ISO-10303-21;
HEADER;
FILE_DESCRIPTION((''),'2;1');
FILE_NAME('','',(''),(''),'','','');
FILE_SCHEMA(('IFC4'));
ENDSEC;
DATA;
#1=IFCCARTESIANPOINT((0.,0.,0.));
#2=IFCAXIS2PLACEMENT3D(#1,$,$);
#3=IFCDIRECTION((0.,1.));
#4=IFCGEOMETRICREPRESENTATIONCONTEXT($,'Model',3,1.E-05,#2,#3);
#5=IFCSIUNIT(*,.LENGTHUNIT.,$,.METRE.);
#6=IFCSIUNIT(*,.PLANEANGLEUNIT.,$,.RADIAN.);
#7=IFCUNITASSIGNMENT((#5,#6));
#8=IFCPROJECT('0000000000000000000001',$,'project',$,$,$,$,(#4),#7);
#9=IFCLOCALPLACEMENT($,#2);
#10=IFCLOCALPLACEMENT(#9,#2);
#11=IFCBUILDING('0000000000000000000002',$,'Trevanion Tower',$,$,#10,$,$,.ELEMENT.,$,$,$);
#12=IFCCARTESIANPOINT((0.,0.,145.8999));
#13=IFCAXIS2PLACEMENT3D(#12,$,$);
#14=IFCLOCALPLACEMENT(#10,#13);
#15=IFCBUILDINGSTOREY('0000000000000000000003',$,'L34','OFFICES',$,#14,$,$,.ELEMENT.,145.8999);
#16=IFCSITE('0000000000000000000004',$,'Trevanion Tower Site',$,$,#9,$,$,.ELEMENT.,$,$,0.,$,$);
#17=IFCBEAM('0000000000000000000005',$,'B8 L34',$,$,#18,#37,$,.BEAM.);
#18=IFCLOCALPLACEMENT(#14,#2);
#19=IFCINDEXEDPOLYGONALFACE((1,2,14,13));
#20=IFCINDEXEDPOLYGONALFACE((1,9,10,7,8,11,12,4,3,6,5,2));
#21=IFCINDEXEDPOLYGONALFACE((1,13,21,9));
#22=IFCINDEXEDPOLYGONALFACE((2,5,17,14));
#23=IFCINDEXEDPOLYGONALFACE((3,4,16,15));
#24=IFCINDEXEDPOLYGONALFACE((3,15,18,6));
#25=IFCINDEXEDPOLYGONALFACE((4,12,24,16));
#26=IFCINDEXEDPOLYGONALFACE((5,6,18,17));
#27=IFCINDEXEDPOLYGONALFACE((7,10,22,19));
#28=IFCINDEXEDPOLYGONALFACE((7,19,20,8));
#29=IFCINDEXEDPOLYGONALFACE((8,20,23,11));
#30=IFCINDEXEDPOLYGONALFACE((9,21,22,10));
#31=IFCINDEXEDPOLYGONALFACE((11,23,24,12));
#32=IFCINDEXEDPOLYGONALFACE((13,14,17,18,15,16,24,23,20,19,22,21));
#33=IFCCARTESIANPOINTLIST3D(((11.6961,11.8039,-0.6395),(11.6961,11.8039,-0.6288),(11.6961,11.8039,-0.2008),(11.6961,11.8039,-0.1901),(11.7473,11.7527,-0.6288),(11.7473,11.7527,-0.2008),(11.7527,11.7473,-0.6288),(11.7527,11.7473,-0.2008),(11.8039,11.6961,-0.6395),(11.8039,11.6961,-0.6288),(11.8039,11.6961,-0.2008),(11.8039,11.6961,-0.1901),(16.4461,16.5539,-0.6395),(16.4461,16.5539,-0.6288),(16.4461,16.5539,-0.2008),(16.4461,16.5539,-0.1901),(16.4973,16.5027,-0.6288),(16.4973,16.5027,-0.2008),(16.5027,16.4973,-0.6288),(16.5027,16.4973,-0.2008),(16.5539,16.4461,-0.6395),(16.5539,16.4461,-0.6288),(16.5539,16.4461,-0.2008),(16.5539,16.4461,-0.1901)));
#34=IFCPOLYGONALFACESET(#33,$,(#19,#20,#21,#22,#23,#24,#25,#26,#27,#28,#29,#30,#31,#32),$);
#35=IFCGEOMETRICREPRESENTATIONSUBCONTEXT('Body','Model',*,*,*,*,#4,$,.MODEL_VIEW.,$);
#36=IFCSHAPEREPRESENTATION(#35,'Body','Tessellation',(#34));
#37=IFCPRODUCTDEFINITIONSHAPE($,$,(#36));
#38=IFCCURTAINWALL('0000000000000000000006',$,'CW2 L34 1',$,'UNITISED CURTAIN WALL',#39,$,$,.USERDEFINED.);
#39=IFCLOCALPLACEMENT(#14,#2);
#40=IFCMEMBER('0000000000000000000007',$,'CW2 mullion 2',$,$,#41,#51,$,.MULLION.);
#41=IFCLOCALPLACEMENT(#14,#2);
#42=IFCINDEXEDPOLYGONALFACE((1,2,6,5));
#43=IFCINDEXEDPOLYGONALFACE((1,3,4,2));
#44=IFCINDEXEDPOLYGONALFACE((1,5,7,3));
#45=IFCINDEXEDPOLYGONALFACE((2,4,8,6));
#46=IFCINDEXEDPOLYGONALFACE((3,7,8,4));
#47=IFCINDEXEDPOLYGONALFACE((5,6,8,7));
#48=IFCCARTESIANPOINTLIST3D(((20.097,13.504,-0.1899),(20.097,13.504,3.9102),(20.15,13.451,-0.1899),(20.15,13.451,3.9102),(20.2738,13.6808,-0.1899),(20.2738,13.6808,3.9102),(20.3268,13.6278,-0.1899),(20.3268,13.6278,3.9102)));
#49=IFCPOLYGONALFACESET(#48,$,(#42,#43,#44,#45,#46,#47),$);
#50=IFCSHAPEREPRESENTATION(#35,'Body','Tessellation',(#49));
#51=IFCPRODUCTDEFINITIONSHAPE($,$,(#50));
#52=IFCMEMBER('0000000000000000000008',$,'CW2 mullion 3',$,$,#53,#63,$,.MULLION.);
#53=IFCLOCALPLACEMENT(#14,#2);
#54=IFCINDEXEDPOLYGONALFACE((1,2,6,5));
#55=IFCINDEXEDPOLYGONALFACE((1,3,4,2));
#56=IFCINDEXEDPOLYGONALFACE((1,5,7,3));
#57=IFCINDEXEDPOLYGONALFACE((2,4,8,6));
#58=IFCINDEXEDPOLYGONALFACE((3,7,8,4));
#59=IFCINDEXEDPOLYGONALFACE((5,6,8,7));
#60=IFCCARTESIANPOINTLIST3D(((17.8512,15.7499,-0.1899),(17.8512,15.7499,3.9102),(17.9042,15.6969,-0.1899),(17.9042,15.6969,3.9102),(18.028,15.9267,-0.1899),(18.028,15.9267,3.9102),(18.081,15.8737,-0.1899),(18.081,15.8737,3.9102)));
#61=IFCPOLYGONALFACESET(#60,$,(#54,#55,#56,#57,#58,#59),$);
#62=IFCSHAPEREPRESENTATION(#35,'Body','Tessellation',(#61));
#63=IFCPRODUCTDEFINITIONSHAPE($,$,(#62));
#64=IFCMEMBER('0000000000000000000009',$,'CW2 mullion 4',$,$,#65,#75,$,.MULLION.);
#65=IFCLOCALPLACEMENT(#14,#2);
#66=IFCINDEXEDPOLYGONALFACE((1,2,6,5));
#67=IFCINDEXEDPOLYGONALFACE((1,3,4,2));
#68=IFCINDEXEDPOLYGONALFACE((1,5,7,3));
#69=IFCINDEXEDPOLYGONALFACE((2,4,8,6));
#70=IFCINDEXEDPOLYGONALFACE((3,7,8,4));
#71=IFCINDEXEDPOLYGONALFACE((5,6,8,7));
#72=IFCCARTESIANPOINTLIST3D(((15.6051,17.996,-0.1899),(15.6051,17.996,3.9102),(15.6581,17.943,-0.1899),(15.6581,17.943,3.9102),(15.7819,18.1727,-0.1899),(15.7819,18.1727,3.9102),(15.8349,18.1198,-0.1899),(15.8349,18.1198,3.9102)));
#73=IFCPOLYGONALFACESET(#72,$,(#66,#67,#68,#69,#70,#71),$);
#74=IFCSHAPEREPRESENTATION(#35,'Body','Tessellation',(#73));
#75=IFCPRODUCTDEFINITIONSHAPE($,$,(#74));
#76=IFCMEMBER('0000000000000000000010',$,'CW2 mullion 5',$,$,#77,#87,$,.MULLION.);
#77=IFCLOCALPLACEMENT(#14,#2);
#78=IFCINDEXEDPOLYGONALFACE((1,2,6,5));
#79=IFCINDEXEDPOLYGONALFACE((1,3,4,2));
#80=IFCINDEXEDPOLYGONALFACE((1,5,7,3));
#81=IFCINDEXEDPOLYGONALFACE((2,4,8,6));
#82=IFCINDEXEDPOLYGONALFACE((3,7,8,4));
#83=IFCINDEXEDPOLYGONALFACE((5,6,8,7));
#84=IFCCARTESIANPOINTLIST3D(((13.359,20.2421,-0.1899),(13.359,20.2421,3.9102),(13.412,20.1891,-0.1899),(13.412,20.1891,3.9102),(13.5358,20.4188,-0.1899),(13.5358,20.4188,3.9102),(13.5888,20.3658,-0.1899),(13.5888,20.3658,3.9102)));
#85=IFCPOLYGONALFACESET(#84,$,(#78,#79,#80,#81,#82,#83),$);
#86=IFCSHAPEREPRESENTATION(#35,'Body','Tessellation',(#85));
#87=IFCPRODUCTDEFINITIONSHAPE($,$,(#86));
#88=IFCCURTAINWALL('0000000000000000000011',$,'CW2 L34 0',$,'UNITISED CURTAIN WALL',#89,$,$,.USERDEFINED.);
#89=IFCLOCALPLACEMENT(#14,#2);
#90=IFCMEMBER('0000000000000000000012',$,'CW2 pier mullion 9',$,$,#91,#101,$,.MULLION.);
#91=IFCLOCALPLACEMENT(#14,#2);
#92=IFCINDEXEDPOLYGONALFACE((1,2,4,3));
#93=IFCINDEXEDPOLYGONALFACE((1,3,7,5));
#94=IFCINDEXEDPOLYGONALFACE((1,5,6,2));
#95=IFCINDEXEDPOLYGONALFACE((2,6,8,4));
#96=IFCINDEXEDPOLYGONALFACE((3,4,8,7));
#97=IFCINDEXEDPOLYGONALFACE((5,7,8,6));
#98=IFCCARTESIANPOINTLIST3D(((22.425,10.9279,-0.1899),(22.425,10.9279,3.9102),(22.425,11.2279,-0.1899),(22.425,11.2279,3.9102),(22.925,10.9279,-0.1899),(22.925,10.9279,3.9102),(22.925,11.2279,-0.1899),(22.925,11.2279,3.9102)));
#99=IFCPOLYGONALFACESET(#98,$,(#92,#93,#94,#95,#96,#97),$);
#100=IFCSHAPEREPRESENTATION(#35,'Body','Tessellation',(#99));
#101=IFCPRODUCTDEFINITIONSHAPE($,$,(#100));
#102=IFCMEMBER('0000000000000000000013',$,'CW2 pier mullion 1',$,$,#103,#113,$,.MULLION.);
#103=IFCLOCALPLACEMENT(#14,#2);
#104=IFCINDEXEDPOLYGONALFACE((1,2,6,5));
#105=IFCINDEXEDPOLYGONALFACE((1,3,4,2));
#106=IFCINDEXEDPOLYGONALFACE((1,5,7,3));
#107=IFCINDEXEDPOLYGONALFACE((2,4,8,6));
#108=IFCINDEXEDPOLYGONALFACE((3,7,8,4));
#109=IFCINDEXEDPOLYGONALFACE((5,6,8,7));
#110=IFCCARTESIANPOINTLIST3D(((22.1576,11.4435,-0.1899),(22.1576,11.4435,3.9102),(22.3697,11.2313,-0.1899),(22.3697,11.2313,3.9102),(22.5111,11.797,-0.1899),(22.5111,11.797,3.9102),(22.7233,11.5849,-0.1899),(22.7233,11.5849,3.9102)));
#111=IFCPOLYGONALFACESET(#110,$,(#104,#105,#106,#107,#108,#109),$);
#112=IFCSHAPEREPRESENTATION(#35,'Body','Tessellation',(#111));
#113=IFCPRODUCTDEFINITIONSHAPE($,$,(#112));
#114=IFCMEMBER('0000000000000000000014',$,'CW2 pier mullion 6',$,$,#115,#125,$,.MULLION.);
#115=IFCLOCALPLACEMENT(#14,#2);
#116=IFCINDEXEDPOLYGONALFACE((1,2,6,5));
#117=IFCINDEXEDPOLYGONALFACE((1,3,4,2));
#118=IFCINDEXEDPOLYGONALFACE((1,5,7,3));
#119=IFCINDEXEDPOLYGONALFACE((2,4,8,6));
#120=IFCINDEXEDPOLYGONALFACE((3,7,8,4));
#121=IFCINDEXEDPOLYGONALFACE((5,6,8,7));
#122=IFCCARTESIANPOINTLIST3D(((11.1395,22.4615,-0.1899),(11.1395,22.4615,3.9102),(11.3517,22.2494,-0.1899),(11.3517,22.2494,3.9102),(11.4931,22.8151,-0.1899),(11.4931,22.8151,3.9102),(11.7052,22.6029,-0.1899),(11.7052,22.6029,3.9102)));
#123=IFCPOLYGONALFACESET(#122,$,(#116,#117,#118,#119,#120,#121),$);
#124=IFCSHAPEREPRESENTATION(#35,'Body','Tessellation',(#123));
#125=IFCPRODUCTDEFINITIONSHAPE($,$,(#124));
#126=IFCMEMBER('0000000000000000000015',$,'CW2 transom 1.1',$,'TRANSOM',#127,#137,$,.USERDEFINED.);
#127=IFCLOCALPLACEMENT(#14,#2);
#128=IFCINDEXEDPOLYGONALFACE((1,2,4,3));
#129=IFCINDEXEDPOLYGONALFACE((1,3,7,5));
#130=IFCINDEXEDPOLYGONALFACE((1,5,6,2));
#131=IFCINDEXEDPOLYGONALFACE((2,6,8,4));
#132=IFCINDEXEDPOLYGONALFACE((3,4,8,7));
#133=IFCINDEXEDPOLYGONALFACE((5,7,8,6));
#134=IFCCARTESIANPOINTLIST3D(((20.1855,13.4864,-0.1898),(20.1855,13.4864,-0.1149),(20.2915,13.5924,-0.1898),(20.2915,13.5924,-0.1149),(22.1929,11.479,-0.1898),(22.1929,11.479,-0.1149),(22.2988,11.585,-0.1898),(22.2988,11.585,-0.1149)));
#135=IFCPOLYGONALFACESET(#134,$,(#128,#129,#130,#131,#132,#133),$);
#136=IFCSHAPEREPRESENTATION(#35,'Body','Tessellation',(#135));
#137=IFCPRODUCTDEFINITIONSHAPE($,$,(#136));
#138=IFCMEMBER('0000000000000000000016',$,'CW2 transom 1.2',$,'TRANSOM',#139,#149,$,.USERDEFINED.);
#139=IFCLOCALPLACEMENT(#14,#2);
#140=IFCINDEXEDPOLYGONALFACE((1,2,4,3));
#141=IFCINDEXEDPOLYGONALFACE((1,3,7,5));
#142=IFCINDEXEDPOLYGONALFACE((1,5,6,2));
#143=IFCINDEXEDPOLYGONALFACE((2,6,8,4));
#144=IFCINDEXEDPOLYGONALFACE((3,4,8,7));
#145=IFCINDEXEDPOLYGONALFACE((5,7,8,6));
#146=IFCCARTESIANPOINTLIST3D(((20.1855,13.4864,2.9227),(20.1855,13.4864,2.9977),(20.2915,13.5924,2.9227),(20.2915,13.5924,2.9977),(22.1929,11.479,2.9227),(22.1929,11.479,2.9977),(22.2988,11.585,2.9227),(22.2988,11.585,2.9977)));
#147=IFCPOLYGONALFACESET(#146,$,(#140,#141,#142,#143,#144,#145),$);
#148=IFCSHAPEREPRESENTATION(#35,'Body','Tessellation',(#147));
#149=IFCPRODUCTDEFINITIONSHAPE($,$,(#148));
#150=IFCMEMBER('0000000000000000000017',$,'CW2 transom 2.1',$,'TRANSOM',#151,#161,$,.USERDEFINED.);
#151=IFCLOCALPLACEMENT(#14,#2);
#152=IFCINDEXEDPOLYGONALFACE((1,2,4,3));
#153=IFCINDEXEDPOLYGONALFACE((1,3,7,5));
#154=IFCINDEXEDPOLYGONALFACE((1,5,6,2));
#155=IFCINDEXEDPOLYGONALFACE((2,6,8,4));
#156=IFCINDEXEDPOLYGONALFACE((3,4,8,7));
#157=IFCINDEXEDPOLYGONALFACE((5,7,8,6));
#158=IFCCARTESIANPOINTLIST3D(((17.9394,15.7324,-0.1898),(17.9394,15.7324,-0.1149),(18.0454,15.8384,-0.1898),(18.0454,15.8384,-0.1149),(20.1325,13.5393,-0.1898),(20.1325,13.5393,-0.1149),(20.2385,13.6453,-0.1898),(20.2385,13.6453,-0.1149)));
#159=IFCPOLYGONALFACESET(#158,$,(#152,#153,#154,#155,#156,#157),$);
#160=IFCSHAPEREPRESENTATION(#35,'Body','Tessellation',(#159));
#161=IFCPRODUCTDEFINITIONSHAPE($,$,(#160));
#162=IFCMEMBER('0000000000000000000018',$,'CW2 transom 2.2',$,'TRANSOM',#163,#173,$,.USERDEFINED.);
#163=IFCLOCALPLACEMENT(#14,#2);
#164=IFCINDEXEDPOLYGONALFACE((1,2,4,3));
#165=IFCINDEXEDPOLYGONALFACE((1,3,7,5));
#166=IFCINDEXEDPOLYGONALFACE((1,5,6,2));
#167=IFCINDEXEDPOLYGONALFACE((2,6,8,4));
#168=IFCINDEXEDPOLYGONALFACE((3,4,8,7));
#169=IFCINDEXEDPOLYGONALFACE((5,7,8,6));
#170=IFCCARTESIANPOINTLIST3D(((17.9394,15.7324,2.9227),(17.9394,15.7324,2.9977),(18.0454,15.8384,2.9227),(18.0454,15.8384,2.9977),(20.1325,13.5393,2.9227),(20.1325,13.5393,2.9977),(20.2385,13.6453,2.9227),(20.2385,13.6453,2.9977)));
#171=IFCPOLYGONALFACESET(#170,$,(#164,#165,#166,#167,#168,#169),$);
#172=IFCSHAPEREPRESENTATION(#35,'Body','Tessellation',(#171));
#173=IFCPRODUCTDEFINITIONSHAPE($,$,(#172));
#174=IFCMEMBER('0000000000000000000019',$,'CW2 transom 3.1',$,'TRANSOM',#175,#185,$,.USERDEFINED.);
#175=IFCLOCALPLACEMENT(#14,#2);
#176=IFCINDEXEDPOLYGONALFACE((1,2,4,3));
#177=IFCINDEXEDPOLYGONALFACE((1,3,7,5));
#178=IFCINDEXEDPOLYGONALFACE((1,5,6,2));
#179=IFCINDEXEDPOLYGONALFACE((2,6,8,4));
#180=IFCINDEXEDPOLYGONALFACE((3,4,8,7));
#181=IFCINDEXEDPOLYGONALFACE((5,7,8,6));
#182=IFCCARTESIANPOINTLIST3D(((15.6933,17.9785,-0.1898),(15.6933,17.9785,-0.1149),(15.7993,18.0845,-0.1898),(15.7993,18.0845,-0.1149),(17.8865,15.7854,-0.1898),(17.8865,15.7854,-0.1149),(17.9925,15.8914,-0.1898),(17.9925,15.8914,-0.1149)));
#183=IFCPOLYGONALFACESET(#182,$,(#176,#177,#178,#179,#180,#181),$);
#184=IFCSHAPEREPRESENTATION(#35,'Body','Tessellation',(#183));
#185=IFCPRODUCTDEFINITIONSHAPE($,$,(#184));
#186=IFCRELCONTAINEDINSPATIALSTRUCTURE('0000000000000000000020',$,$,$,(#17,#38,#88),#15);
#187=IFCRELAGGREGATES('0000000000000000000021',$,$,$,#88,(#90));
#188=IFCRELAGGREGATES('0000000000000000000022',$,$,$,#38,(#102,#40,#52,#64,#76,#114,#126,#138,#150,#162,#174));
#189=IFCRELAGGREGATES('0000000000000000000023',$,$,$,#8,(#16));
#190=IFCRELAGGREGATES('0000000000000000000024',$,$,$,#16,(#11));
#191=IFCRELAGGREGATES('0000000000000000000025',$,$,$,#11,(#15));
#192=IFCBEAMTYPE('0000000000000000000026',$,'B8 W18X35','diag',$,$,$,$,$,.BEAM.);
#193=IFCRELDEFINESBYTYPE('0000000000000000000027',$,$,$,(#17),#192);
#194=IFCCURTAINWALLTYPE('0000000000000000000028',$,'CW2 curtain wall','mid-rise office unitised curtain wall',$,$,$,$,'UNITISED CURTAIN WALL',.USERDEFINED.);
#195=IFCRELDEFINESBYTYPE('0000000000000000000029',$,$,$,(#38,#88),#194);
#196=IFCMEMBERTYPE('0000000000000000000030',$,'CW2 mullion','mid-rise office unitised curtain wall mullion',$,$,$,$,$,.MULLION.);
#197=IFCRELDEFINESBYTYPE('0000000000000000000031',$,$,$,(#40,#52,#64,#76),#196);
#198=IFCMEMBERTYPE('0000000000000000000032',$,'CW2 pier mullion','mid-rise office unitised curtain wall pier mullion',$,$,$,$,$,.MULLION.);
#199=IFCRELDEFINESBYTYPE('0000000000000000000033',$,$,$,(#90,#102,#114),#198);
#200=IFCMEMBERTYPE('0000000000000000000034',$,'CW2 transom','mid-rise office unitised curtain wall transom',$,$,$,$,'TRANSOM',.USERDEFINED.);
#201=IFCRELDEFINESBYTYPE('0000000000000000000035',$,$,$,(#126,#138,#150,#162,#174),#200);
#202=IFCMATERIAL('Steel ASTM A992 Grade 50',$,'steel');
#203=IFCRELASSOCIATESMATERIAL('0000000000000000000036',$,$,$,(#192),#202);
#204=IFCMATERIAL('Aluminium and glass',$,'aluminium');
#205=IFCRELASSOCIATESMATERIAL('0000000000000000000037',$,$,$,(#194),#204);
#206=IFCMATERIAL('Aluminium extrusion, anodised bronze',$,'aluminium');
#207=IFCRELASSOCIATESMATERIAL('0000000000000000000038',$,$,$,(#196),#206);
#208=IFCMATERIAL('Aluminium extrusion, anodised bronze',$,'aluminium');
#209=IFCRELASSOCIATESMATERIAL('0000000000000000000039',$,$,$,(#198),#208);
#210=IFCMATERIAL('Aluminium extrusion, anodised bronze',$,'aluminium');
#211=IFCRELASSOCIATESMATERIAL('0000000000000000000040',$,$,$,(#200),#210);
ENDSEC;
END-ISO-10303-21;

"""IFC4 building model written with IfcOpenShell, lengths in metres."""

from ifc_helpers import new_model, si_unit, direction, frame, origin, origin_2d, place, context, subcontext, project, spatial, rectangle, i_section, extrude, material, material_profile, profile_set, type_object, element, aggregate, save


model = new_model("IFC4")

# Units and contexts
model_context = context("Model", 3, precision=1e-05, world=origin(), true_north=direction((0.0, 1.0)))
body_context = subcontext(model_context, "Body", "Model", "MODEL_VIEW")
ifc_project = project(units=[si_unit("LENGTHUNIT", "METRE"), si_unit("PLANEANGLEUNIT", "RADIAN")], contexts=[model_context])

# Site, building, storey
site_placement = place(None, origin())
site = spatial("IfcSite", under=ifc_project, at=site_placement, Name="Trevanion Tower Site", CompositionType="ELEMENT", RefElevation=0.0)
building_placement = place(site_placement, origin())
building = spatial("IfcBuilding", under=site, at=building_placement, Name="Trevanion Tower", CompositionType="ELEMENT")
storey_placement = place(building_placement, frame((0.0, 0.0, 145.8999)))
storey = spatial("IfcBuildingStorey", under=building, at=storey_placement, Name="L34", Description="OFFICES", CompositionType="ELEMENT", Elevation=145.8999)

# Beam
ifc_material_1 = material(Name="Steel ASTM A992 Grade 50", Category="steel")
ifc_material_profile_1 = material_profile(ifc_material_1, i_section(OverallWidth=0.1523, OverallDepth=0.4495, WebThickness=0.0076, FlangeThickness=0.0107, at=origin_2d()), Name="W18X35")
ifc_profile_set_1 = profile_set([ifc_material_profile_1], Name="Steel ASTM A992 Grade 50")
beam_type_1 = type_object("IfcBeamType", Name="B8 W18X35", Description="diag", PredefinedType="BEAM", material=ifc_profile_set_1)
beam_1_placement = place(storey_placement, frame((11.75, 11.75, -0.4148), z_axis=(0.707107, 0.707107, 0.0), x_axis=(-0.707107, 0.707107, 0.0)))
element("IfcBeam", 1, at=beam_1_placement, inside=storey, type_object=beam_type_1, Name="B8 L34", PredefinedType="BEAM", context=body_context, shape_type="SweptSolid", body=[
    extrude(i_section(OverallWidth=0.1523, OverallDepth=0.4495, WebThickness=0.0076, FlangeThickness=0.0107, at=origin_2d()), origin(), (0.0, 0.0, 1.0), 6.7175),
])

# Curtain wall, members
ifc_material_2 = material(Name="Aluminium and glass", Category="aluminium")
curtain_wall_type = type_object("IfcCurtainWallType", Name="CW2 curtain wall", Description="mid-rise office unitised curtain wall", ElementType="UNITISED CURTAIN WALL", PredefinedType="USERDEFINED", material=ifc_material_2)
curtain_wall_1_placement = place(storey_placement, origin())
curtain_wall_1 = element("IfcCurtainWall", 2, at=curtain_wall_1_placement, inside=storey, type_object=curtain_wall_type, Name="CW2 L34 1", ObjectType="UNITISED CURTAIN WALL", PredefinedType="USERDEFINED")
ifc_material_3 = material(Name="Aluminium extrusion, anodised bronze", Category="aluminium")
ifc_material_profile_2 = material_profile(ifc_material_3, rectangle(XDim=0.075, YDim=0.25, at=origin_2d()), Name="CW2 mullion")
ifc_profile_set_2 = profile_set([ifc_material_profile_2], Name="Aluminium extrusion, anodised bronze")
member_type_1 = type_object("IfcMemberType", Name="CW2 mullion", Description="mid-rise office unitised curtain wall mullion", PredefinedType="MULLION", material=ifc_profile_set_2)
member_1_placement = place(storey_placement, frame((20.2119, 13.5659, -0.1899), z_axis=(0.0, 0.0, 1.0), x_axis=(-0.707107, 0.707107, 0.0)))
member_1 = element("IfcMember", 3, at=member_1_placement, type_object=member_type_1, Name="CW2 mullion 2", PredefinedType="MULLION", context=body_context, shape_type="SweptSolid", body=[
    extrude(rectangle(XDim=0.075, YDim=0.25, at=origin_2d()), origin(), (0.0, 0.0, 1.0), 4.1001),
])
member_2_placement = place(storey_placement, frame((17.9661, 15.8118, -0.1899), z_axis=(0.0, 0.0, 1.0), x_axis=(-0.707107, 0.707107, 0.0)))
member_2 = element("IfcMember", 4, at=member_2_placement, type_object=member_type_1, Name="CW2 mullion 3", PredefinedType="MULLION", context=body_context, shape_type="SweptSolid", body=[
    extrude(rectangle(XDim=0.075, YDim=0.25, at=origin_2d()), origin(), (0.0, 0.0, 1.0), 4.1001),
])
member_3_placement = place(storey_placement, frame((15.72, 18.0579, -0.1899), z_axis=(0.0, 0.0, 1.0), x_axis=(-0.707107, 0.707107, 0.0)))
member_3 = element("IfcMember", 5, at=member_3_placement, type_object=member_type_1, Name="CW2 mullion 4", PredefinedType="MULLION", context=body_context, shape_type="SweptSolid", body=[
    extrude(rectangle(XDim=0.075, YDim=0.25, at=origin_2d()), origin(), (0.0, 0.0, 1.0), 4.1001),
])
member_4_placement = place(storey_placement, frame((13.4739, 20.304, -0.1899), z_axis=(0.0, 0.0, 1.0), x_axis=(-0.707107, 0.707107, 0.0)))
member_4 = element("IfcMember", 6, at=member_4_placement, type_object=member_type_1, Name="CW2 mullion 5", PredefinedType="MULLION", context=body_context, shape_type="SweptSolid", body=[
    extrude(rectangle(XDim=0.075, YDim=0.25, at=origin_2d()), origin(), (0.0, 0.0, 1.0), 4.1001),
])

# Curtain wall, member
curtain_wall_2_placement = place(storey_placement, origin())
curtain_wall_2 = element("IfcCurtainWall", 7, at=curtain_wall_2_placement, inside=storey, type_object=curtain_wall_type, Name="CW2 L34 0", ObjectType="UNITISED CURTAIN WALL", PredefinedType="USERDEFINED")
ifc_material_4 = material(Name="Aluminium extrusion, anodised bronze", Category="aluminium")
ifc_material_profile_3 = material_profile(ifc_material_4, rectangle(XDim=0.3, YDim=0.5, at=origin_2d()), Name="CW2 pier mullion")
ifc_profile_set_3 = profile_set([ifc_material_profile_3], Name="Aluminium extrusion, anodised bronze")
member_type_2 = type_object("IfcMemberType", Name="CW2 pier mullion", Description="mid-rise office unitised curtain wall pier mullion", PredefinedType="MULLION", material=ifc_profile_set_3)
member_5_placement = place(storey_placement, frame((22.675, 11.0779, -0.1899), z_axis=(0.0, 0.0, 1.0), x_axis=(0.0, 1.0, 0.0)))
member_5 = element("IfcMember", 8, at=member_5_placement, type_object=member_type_2, Name="CW2 pier mullion 9", PredefinedType="MULLION", context=body_context, shape_type="SweptSolid", body=[
    extrude(rectangle(XDim=0.3, YDim=0.5, at=origin_2d()), origin(), (0.0, 0.0, 1.0), 4.1001),
])
aggregate(curtain_wall_2, [member_5])

# Members
member_6_placement = place(storey_placement, frame((22.4404, 11.5142, -0.1899), z_axis=(0.0, 0.0, 1.0), x_axis=(-0.707107, 0.707107, 0.0)))
member_6 = element("IfcMember", 9, at=member_6_placement, type_object=member_type_2, Name="CW2 pier mullion 1", PredefinedType="MULLION", context=body_context, shape_type="SweptSolid", body=[
    extrude(rectangle(XDim=0.3, YDim=0.5, at=origin_2d()), origin(), (0.0, 0.0, 1.0), 4.1001),
])
member_7_placement = place(storey_placement, frame((11.4224, 22.5322, -0.1899), z_axis=(0.0, 0.0, 1.0), x_axis=(-0.707107, 0.707107, 0.0)))
member_7 = element("IfcMember", 10, at=member_7_placement, type_object=member_type_2, Name="CW2 pier mullion 6", PredefinedType="MULLION", context=body_context, shape_type="SweptSolid", body=[
    extrude(rectangle(XDim=0.3, YDim=0.5, at=origin_2d()), origin(), (0.0, 0.0, 1.0), 4.1001),
])
ifc_material_5 = material(Name="Aluminium extrusion, anodised bronze", Category="aluminium")
ifc_material_profile_4 = material_profile(ifc_material_5, rectangle(XDim=0.1499, YDim=0.075, at=origin_2d()), Name="CW2 transom")
ifc_profile_set_4 = profile_set([ifc_material_profile_4], Name="Aluminium extrusion, anodised bronze")
member_type_3 = type_object("IfcMemberType", Name="CW2 transom", Description="mid-rise office unitised curtain wall transom", ElementType="TRANSOM", PredefinedType="USERDEFINED", material=ifc_profile_set_4)
member_8_placement = place(storey_placement, frame((22.2458, 11.532, -0.1523), z_axis=(-0.707107, 0.707107, 0.0), x_axis=(-0.707107, -0.707107, 0.0)))
member_8 = element("IfcMember", 11, at=member_8_placement, type_object=member_type_3, Name="CW2 transom 1.1", ObjectType="TRANSOM", PredefinedType="USERDEFINED", context=body_context, shape_type="SweptSolid", body=[
    extrude(rectangle(XDim=0.1499, YDim=0.075, at=origin_2d()), origin(), (0.0, 0.0, 1.0), 2.8389),
])
member_9_placement = place(storey_placement, frame((22.2458, 11.532, 2.9602), z_axis=(-0.707107, 0.707107, 0.0), x_axis=(-0.707107, -0.707107, 0.0)))
member_9 = element("IfcMember", 12, at=member_9_placement, type_object=member_type_3, Name="CW2 transom 1.2", ObjectType="TRANSOM", PredefinedType="USERDEFINED", context=body_context, shape_type="SweptSolid", body=[
    extrude(rectangle(XDim=0.1499, YDim=0.075, at=origin_2d()), origin(), (0.0, 0.0, 1.0), 2.8389),
])
member_10_placement = place(storey_placement, frame((20.1855, 13.5923, -0.1523), z_axis=(-0.707107, 0.707107, 0.0), x_axis=(-0.707107, -0.707107, 0.0)))
member_10 = element("IfcMember", 13, at=member_10_placement, type_object=member_type_3, Name="CW2 transom 2.1", ObjectType="TRANSOM", PredefinedType="USERDEFINED", context=body_context, shape_type="SweptSolid", body=[
    extrude(rectangle(XDim=0.1499, YDim=0.075, at=origin_2d()), origin(), (0.0, 0.0, 1.0), 3.1016),
])
member_11_placement = place(storey_placement, frame((20.1855, 13.5923, 2.9602), z_axis=(-0.707107, 0.707107, 0.0), x_axis=(-0.707107, -0.707107, 0.0)))
member_11 = element("IfcMember", 14, at=member_11_placement, type_object=member_type_3, Name="CW2 transom 2.2", ObjectType="TRANSOM", PredefinedType="USERDEFINED", context=body_context, shape_type="SweptSolid", body=[
    extrude(rectangle(XDim=0.1499, YDim=0.075, at=origin_2d()), origin(), (0.0, 0.0, 1.0), 3.1016),
])
member_12_placement = place(storey_placement, frame((17.9395, 15.8384, -0.1523), z_axis=(-0.707107, 0.707107, 0.0), x_axis=(-0.707107, -0.707107, 0.0)))
member_12 = element("IfcMember", 15, at=member_12_placement, type_object=member_type_3, Name="CW2 transom 3.1", ObjectType="TRANSOM", PredefinedType="USERDEFINED", context=body_context, shape_type="SweptSolid", body=[
    extrude(rectangle(XDim=0.1499, YDim=0.075, at=origin_2d()), origin(), (0.0, 0.0, 1.0), 3.1016),
])

aggregate(curtain_wall_1, [member_6, member_1, member_2, member_3, member_4, member_7, member_8, member_9, member_10, member_11, member_12])

save(model, "model.ifc")
